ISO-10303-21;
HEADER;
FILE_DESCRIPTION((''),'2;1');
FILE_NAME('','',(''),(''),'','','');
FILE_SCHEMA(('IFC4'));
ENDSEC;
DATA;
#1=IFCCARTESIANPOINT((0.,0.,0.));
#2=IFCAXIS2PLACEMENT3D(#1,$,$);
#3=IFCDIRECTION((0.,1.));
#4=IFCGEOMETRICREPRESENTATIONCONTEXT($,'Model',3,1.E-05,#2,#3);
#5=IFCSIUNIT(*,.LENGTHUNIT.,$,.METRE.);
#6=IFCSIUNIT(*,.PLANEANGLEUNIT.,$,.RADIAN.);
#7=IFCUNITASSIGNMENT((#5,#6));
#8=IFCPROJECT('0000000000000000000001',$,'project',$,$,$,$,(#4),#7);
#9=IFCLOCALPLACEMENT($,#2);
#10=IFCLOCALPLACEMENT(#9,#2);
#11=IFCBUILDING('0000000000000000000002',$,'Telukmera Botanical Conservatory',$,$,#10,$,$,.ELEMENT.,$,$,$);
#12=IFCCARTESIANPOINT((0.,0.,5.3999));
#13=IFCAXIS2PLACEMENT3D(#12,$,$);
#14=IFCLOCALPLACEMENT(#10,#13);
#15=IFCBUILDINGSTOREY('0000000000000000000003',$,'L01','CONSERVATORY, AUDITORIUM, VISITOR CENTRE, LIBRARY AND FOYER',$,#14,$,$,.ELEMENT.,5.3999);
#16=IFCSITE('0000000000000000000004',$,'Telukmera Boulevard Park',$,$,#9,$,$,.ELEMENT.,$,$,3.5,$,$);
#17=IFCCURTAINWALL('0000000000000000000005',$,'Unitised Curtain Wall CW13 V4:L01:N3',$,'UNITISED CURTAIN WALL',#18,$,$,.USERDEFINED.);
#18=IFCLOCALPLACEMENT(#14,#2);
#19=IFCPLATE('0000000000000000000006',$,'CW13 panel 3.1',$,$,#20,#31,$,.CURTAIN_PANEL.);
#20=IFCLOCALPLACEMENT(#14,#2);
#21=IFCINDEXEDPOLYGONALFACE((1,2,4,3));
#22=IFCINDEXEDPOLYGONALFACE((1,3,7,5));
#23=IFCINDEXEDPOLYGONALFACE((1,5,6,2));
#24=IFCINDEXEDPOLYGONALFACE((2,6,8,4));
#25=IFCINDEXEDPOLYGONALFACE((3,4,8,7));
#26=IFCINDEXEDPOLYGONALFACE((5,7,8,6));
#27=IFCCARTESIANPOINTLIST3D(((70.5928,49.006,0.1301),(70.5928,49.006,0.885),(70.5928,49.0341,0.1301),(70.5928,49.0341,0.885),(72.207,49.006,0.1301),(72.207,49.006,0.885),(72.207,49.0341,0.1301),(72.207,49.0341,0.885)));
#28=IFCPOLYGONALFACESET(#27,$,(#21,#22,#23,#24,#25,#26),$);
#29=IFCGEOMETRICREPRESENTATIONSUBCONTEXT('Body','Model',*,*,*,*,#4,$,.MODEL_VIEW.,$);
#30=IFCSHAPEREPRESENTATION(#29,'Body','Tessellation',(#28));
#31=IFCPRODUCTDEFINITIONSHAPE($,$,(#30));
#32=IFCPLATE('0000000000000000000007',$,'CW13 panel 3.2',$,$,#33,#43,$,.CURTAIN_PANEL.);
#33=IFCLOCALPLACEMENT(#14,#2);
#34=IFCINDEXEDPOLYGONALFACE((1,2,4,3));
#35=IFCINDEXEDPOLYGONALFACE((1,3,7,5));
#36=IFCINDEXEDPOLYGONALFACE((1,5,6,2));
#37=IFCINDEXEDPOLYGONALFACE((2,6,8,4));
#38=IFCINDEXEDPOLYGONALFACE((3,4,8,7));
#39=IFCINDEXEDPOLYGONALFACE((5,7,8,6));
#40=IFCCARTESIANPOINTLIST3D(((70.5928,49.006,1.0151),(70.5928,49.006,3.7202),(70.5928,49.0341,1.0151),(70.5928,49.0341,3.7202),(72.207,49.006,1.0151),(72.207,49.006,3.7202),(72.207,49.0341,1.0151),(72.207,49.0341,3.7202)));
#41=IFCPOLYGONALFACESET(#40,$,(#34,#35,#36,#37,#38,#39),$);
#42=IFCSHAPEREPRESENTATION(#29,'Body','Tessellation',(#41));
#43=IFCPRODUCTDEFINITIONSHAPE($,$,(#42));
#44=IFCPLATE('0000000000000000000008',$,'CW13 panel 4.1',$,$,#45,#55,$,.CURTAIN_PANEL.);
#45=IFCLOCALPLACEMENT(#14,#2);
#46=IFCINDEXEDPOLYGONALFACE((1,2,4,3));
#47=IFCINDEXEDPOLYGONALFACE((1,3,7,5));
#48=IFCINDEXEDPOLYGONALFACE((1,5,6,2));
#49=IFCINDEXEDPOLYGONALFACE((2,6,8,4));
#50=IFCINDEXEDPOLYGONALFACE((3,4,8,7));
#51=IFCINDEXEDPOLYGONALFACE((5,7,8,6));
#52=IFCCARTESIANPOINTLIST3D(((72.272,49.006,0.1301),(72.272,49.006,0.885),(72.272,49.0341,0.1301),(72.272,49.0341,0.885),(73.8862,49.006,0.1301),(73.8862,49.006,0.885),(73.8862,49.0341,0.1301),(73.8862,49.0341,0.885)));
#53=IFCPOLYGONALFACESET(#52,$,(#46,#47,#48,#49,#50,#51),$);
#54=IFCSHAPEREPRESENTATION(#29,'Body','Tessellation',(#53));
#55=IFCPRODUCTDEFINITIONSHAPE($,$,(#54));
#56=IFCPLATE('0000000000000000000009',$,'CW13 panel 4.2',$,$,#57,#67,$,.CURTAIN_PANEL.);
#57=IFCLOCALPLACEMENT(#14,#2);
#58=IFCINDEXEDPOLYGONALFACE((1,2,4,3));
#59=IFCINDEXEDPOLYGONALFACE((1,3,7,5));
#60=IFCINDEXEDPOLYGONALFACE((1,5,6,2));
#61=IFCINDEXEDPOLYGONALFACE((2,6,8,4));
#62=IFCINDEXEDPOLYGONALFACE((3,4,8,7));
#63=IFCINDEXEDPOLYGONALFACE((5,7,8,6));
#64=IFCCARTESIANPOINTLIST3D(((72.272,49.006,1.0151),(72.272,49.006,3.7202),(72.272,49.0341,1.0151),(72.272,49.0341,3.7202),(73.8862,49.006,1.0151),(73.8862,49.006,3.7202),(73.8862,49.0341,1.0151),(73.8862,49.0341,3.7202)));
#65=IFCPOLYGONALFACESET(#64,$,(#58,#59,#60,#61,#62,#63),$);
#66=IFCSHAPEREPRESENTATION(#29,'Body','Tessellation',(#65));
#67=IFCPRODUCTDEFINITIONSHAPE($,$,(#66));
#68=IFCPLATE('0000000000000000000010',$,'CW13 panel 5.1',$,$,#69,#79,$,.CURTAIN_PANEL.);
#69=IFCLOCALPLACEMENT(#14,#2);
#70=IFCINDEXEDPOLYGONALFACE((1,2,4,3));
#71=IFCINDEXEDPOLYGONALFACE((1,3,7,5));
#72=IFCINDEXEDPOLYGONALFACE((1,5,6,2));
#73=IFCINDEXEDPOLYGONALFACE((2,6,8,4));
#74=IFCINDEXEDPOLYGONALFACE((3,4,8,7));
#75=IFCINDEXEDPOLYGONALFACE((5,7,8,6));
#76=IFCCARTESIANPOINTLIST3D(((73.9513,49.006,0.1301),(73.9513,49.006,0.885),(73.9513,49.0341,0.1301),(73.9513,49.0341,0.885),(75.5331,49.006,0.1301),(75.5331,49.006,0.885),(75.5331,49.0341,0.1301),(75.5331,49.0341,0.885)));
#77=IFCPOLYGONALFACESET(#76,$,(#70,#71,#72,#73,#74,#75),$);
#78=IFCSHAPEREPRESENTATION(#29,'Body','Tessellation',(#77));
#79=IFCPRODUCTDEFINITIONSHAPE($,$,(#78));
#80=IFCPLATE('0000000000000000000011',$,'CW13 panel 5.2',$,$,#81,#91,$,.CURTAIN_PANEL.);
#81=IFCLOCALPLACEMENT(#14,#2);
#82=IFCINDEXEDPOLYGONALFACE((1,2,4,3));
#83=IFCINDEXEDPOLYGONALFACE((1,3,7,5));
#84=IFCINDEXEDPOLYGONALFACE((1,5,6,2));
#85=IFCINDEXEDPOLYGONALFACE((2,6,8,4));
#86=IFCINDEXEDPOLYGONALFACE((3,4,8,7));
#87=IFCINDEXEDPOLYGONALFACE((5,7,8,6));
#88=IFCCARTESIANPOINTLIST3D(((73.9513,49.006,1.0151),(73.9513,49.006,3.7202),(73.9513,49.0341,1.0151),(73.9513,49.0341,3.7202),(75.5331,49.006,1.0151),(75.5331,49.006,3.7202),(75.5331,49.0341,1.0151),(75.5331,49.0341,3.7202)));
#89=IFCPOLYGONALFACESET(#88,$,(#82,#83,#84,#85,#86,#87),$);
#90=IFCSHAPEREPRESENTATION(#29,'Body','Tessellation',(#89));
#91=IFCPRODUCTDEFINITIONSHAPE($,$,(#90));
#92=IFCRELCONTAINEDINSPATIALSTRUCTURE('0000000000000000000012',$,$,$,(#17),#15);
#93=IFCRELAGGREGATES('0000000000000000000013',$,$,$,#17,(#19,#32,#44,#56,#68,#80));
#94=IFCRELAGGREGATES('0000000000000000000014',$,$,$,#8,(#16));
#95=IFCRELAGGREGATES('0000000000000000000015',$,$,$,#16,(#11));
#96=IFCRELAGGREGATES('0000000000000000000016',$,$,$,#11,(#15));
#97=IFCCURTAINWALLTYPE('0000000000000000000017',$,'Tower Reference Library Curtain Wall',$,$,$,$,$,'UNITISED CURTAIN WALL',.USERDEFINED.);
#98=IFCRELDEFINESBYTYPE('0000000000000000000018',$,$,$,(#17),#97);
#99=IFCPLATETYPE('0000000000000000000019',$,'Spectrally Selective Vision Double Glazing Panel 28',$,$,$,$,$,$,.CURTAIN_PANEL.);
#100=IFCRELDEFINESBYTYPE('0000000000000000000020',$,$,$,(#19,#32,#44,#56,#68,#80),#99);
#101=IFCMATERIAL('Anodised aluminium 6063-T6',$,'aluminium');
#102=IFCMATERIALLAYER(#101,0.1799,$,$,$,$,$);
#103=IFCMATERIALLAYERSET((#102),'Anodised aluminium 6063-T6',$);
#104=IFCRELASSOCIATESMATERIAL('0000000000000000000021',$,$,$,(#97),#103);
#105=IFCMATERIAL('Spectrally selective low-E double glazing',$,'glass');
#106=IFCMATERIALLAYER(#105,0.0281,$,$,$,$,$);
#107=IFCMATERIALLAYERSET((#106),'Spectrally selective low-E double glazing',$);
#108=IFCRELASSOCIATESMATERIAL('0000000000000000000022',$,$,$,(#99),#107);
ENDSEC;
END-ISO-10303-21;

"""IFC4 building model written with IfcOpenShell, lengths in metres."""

from ifc_helpers import new_model, si_unit, direction, frame, origin, origin_2d, place, context, subcontext, project, spatial, rectangle, extrude, material, layer, layer_set, type_object, element, aggregate, save


model = new_model("IFC4")

# Units and contexts
model_context = context("Model", 3, precision=1e-05, world=origin(), true_north=direction((0.0, 1.0)))
body_context = subcontext(model_context, "Body", "Model", "MODEL_VIEW")
ifc_project = project(units=[si_unit("LENGTHUNIT", "METRE"), si_unit("PLANEANGLEUNIT", "RADIAN")], contexts=[model_context])

# Site, building, storey
site_placement = place(None, origin())
site = spatial("IfcSite", under=ifc_project, at=site_placement, Name="Telukmera Boulevard Park", CompositionType="ELEMENT", RefElevation=3.5)
building_placement = place(site_placement, origin())
building = spatial("IfcBuilding", under=site, at=building_placement, Name="Telukmera Botanical Conservatory", CompositionType="ELEMENT")
storey_placement = place(building_placement, frame((0.0, 0.0, 5.3999)))
storey = spatial("IfcBuildingStorey", under=building, at=storey_placement, Name="L01", Description="CONSERVATORY, AUDITORIUM, VISITOR CENTRE, LIBRARY AND FOYER", CompositionType="ELEMENT", Elevation=5.3999)

# Curtain wall, plates
ifc_material_1 = material(Name="Anodised aluminium 6063-T6", Category="aluminium")
ifc_layer_1 = layer(ifc_material_1, 0.1799)
ifc_layer_set_1 = layer_set([ifc_layer_1], Name="Anodised aluminium 6063-T6")
curtain_wall_type = type_object("IfcCurtainWallType", Name="Tower Reference Library Curtain Wall", ElementType="UNITISED CURTAIN WALL", PredefinedType="USERDEFINED", material=ifc_layer_set_1)
curtain_wall_placement = place(storey_placement, origin())
curtain_wall = element("IfcCurtainWall", 1, at=curtain_wall_placement, inside=storey, type_object=curtain_wall_type, Name="Unitised Curtain Wall CW13 V4:L01:N3", ObjectType="UNITISED CURTAIN WALL", PredefinedType="USERDEFINED")
ifc_material_2 = material(Name="Spectrally selective low-E double glazing", Category="glass")
ifc_layer_2 = layer(ifc_material_2, 0.0281)
ifc_layer_set_2 = layer_set([ifc_layer_2], Name="Spectrally selective low-E double glazing")
plate_type = type_object("IfcPlateType", Name="Spectrally Selective Vision Double Glazing Panel 28", PredefinedType="CURTAIN_PANEL", material=ifc_layer_set_2)
plate_1_placement = place(storey_placement, frame((71.3999, 49.02, 0.1301), z_axis=(0.0, 0.0, 1.0), x_axis=(1.0, 0.0, 0.0)))
plate_1 = element("IfcPlate", 2, at=plate_1_placement, type_object=plate_type, Name="CW13 panel 3.1", PredefinedType="CURTAIN_PANEL", context=body_context, shape_type="SweptSolid", body=[
    extrude(rectangle(XDim=1.6143, YDim=0.0281, at=origin_2d()), origin(), (0.0, 0.0, 1.0), 0.7549),
])
plate_2_placement = place(storey_placement, frame((71.3999, 49.02, 1.0151), z_axis=(0.0, 0.0, 1.0), x_axis=(1.0, 0.0, 0.0)))
plate_2 = element("IfcPlate", 3, at=plate_2_placement, type_object=plate_type, Name="CW13 panel 3.2", PredefinedType="CURTAIN_PANEL", context=body_context, shape_type="SweptSolid", body=[
    extrude(rectangle(XDim=1.6143, YDim=0.0281, at=origin_2d()), origin(), (0.0, 0.0, 1.0), 2.7051),
])
plate_3_placement = place(storey_placement, frame((73.0791, 49.02, 0.1301), z_axis=(0.0, 0.0, 1.0), x_axis=(1.0, 0.0, 0.0)))
plate_3 = element("IfcPlate", 4, at=plate_3_placement, type_object=plate_type, Name="CW13 panel 4.1", PredefinedType="CURTAIN_PANEL", context=body_context, shape_type="SweptSolid", body=[
    extrude(rectangle(XDim=1.6143, YDim=0.0281, at=origin_2d()), origin(), (0.0, 0.0, 1.0), 0.7549),
])
plate_4_placement = place(storey_placement, frame((73.0791, 49.02, 1.0151), z_axis=(0.0, 0.0, 1.0), x_axis=(1.0, 0.0, 0.0)))
plate_4 = element("IfcPlate", 5, at=plate_4_placement, type_object=plate_type, Name="CW13 panel 4.2", PredefinedType="CURTAIN_PANEL", context=body_context, shape_type="SweptSolid", body=[
    extrude(rectangle(XDim=1.6143, YDim=0.0281, at=origin_2d()), origin(), (0.0, 0.0, 1.0), 2.7051),
])
plate_5_placement = place(storey_placement, frame((74.7422, 49.02, 0.1301), z_axis=(0.0, 0.0, 1.0), x_axis=(1.0, 0.0, 0.0)))
plate_5 = element("IfcPlate", 6, at=plate_5_placement, type_object=plate_type, Name="CW13 panel 5.1", PredefinedType="CURTAIN_PANEL", context=body_context, shape_type="SweptSolid", body=[
    extrude(rectangle(XDim=1.5818, YDim=0.0281, at=origin_2d()), origin(), (0.0, 0.0, 1.0), 0.7549),
])
plate_6_placement = place(storey_placement, frame((74.7422, 49.02, 1.0151), z_axis=(0.0, 0.0, 1.0), x_axis=(1.0, 0.0, 0.0)))
plate_6 = element("IfcPlate", 7, at=plate_6_placement, type_object=plate_type, Name="CW13 panel 5.2", PredefinedType="CURTAIN_PANEL", context=body_context, shape_type="SweptSolid", body=[
    extrude(rectangle(XDim=1.5818, YDim=0.0281, at=origin_2d()), origin(), (0.0, 0.0, 1.0), 2.7051),
])
aggregate(curtain_wall, [plate_1, plate_2, plate_3, plate_4, plate_5, plate_6])

save(model, "model.ifc")
